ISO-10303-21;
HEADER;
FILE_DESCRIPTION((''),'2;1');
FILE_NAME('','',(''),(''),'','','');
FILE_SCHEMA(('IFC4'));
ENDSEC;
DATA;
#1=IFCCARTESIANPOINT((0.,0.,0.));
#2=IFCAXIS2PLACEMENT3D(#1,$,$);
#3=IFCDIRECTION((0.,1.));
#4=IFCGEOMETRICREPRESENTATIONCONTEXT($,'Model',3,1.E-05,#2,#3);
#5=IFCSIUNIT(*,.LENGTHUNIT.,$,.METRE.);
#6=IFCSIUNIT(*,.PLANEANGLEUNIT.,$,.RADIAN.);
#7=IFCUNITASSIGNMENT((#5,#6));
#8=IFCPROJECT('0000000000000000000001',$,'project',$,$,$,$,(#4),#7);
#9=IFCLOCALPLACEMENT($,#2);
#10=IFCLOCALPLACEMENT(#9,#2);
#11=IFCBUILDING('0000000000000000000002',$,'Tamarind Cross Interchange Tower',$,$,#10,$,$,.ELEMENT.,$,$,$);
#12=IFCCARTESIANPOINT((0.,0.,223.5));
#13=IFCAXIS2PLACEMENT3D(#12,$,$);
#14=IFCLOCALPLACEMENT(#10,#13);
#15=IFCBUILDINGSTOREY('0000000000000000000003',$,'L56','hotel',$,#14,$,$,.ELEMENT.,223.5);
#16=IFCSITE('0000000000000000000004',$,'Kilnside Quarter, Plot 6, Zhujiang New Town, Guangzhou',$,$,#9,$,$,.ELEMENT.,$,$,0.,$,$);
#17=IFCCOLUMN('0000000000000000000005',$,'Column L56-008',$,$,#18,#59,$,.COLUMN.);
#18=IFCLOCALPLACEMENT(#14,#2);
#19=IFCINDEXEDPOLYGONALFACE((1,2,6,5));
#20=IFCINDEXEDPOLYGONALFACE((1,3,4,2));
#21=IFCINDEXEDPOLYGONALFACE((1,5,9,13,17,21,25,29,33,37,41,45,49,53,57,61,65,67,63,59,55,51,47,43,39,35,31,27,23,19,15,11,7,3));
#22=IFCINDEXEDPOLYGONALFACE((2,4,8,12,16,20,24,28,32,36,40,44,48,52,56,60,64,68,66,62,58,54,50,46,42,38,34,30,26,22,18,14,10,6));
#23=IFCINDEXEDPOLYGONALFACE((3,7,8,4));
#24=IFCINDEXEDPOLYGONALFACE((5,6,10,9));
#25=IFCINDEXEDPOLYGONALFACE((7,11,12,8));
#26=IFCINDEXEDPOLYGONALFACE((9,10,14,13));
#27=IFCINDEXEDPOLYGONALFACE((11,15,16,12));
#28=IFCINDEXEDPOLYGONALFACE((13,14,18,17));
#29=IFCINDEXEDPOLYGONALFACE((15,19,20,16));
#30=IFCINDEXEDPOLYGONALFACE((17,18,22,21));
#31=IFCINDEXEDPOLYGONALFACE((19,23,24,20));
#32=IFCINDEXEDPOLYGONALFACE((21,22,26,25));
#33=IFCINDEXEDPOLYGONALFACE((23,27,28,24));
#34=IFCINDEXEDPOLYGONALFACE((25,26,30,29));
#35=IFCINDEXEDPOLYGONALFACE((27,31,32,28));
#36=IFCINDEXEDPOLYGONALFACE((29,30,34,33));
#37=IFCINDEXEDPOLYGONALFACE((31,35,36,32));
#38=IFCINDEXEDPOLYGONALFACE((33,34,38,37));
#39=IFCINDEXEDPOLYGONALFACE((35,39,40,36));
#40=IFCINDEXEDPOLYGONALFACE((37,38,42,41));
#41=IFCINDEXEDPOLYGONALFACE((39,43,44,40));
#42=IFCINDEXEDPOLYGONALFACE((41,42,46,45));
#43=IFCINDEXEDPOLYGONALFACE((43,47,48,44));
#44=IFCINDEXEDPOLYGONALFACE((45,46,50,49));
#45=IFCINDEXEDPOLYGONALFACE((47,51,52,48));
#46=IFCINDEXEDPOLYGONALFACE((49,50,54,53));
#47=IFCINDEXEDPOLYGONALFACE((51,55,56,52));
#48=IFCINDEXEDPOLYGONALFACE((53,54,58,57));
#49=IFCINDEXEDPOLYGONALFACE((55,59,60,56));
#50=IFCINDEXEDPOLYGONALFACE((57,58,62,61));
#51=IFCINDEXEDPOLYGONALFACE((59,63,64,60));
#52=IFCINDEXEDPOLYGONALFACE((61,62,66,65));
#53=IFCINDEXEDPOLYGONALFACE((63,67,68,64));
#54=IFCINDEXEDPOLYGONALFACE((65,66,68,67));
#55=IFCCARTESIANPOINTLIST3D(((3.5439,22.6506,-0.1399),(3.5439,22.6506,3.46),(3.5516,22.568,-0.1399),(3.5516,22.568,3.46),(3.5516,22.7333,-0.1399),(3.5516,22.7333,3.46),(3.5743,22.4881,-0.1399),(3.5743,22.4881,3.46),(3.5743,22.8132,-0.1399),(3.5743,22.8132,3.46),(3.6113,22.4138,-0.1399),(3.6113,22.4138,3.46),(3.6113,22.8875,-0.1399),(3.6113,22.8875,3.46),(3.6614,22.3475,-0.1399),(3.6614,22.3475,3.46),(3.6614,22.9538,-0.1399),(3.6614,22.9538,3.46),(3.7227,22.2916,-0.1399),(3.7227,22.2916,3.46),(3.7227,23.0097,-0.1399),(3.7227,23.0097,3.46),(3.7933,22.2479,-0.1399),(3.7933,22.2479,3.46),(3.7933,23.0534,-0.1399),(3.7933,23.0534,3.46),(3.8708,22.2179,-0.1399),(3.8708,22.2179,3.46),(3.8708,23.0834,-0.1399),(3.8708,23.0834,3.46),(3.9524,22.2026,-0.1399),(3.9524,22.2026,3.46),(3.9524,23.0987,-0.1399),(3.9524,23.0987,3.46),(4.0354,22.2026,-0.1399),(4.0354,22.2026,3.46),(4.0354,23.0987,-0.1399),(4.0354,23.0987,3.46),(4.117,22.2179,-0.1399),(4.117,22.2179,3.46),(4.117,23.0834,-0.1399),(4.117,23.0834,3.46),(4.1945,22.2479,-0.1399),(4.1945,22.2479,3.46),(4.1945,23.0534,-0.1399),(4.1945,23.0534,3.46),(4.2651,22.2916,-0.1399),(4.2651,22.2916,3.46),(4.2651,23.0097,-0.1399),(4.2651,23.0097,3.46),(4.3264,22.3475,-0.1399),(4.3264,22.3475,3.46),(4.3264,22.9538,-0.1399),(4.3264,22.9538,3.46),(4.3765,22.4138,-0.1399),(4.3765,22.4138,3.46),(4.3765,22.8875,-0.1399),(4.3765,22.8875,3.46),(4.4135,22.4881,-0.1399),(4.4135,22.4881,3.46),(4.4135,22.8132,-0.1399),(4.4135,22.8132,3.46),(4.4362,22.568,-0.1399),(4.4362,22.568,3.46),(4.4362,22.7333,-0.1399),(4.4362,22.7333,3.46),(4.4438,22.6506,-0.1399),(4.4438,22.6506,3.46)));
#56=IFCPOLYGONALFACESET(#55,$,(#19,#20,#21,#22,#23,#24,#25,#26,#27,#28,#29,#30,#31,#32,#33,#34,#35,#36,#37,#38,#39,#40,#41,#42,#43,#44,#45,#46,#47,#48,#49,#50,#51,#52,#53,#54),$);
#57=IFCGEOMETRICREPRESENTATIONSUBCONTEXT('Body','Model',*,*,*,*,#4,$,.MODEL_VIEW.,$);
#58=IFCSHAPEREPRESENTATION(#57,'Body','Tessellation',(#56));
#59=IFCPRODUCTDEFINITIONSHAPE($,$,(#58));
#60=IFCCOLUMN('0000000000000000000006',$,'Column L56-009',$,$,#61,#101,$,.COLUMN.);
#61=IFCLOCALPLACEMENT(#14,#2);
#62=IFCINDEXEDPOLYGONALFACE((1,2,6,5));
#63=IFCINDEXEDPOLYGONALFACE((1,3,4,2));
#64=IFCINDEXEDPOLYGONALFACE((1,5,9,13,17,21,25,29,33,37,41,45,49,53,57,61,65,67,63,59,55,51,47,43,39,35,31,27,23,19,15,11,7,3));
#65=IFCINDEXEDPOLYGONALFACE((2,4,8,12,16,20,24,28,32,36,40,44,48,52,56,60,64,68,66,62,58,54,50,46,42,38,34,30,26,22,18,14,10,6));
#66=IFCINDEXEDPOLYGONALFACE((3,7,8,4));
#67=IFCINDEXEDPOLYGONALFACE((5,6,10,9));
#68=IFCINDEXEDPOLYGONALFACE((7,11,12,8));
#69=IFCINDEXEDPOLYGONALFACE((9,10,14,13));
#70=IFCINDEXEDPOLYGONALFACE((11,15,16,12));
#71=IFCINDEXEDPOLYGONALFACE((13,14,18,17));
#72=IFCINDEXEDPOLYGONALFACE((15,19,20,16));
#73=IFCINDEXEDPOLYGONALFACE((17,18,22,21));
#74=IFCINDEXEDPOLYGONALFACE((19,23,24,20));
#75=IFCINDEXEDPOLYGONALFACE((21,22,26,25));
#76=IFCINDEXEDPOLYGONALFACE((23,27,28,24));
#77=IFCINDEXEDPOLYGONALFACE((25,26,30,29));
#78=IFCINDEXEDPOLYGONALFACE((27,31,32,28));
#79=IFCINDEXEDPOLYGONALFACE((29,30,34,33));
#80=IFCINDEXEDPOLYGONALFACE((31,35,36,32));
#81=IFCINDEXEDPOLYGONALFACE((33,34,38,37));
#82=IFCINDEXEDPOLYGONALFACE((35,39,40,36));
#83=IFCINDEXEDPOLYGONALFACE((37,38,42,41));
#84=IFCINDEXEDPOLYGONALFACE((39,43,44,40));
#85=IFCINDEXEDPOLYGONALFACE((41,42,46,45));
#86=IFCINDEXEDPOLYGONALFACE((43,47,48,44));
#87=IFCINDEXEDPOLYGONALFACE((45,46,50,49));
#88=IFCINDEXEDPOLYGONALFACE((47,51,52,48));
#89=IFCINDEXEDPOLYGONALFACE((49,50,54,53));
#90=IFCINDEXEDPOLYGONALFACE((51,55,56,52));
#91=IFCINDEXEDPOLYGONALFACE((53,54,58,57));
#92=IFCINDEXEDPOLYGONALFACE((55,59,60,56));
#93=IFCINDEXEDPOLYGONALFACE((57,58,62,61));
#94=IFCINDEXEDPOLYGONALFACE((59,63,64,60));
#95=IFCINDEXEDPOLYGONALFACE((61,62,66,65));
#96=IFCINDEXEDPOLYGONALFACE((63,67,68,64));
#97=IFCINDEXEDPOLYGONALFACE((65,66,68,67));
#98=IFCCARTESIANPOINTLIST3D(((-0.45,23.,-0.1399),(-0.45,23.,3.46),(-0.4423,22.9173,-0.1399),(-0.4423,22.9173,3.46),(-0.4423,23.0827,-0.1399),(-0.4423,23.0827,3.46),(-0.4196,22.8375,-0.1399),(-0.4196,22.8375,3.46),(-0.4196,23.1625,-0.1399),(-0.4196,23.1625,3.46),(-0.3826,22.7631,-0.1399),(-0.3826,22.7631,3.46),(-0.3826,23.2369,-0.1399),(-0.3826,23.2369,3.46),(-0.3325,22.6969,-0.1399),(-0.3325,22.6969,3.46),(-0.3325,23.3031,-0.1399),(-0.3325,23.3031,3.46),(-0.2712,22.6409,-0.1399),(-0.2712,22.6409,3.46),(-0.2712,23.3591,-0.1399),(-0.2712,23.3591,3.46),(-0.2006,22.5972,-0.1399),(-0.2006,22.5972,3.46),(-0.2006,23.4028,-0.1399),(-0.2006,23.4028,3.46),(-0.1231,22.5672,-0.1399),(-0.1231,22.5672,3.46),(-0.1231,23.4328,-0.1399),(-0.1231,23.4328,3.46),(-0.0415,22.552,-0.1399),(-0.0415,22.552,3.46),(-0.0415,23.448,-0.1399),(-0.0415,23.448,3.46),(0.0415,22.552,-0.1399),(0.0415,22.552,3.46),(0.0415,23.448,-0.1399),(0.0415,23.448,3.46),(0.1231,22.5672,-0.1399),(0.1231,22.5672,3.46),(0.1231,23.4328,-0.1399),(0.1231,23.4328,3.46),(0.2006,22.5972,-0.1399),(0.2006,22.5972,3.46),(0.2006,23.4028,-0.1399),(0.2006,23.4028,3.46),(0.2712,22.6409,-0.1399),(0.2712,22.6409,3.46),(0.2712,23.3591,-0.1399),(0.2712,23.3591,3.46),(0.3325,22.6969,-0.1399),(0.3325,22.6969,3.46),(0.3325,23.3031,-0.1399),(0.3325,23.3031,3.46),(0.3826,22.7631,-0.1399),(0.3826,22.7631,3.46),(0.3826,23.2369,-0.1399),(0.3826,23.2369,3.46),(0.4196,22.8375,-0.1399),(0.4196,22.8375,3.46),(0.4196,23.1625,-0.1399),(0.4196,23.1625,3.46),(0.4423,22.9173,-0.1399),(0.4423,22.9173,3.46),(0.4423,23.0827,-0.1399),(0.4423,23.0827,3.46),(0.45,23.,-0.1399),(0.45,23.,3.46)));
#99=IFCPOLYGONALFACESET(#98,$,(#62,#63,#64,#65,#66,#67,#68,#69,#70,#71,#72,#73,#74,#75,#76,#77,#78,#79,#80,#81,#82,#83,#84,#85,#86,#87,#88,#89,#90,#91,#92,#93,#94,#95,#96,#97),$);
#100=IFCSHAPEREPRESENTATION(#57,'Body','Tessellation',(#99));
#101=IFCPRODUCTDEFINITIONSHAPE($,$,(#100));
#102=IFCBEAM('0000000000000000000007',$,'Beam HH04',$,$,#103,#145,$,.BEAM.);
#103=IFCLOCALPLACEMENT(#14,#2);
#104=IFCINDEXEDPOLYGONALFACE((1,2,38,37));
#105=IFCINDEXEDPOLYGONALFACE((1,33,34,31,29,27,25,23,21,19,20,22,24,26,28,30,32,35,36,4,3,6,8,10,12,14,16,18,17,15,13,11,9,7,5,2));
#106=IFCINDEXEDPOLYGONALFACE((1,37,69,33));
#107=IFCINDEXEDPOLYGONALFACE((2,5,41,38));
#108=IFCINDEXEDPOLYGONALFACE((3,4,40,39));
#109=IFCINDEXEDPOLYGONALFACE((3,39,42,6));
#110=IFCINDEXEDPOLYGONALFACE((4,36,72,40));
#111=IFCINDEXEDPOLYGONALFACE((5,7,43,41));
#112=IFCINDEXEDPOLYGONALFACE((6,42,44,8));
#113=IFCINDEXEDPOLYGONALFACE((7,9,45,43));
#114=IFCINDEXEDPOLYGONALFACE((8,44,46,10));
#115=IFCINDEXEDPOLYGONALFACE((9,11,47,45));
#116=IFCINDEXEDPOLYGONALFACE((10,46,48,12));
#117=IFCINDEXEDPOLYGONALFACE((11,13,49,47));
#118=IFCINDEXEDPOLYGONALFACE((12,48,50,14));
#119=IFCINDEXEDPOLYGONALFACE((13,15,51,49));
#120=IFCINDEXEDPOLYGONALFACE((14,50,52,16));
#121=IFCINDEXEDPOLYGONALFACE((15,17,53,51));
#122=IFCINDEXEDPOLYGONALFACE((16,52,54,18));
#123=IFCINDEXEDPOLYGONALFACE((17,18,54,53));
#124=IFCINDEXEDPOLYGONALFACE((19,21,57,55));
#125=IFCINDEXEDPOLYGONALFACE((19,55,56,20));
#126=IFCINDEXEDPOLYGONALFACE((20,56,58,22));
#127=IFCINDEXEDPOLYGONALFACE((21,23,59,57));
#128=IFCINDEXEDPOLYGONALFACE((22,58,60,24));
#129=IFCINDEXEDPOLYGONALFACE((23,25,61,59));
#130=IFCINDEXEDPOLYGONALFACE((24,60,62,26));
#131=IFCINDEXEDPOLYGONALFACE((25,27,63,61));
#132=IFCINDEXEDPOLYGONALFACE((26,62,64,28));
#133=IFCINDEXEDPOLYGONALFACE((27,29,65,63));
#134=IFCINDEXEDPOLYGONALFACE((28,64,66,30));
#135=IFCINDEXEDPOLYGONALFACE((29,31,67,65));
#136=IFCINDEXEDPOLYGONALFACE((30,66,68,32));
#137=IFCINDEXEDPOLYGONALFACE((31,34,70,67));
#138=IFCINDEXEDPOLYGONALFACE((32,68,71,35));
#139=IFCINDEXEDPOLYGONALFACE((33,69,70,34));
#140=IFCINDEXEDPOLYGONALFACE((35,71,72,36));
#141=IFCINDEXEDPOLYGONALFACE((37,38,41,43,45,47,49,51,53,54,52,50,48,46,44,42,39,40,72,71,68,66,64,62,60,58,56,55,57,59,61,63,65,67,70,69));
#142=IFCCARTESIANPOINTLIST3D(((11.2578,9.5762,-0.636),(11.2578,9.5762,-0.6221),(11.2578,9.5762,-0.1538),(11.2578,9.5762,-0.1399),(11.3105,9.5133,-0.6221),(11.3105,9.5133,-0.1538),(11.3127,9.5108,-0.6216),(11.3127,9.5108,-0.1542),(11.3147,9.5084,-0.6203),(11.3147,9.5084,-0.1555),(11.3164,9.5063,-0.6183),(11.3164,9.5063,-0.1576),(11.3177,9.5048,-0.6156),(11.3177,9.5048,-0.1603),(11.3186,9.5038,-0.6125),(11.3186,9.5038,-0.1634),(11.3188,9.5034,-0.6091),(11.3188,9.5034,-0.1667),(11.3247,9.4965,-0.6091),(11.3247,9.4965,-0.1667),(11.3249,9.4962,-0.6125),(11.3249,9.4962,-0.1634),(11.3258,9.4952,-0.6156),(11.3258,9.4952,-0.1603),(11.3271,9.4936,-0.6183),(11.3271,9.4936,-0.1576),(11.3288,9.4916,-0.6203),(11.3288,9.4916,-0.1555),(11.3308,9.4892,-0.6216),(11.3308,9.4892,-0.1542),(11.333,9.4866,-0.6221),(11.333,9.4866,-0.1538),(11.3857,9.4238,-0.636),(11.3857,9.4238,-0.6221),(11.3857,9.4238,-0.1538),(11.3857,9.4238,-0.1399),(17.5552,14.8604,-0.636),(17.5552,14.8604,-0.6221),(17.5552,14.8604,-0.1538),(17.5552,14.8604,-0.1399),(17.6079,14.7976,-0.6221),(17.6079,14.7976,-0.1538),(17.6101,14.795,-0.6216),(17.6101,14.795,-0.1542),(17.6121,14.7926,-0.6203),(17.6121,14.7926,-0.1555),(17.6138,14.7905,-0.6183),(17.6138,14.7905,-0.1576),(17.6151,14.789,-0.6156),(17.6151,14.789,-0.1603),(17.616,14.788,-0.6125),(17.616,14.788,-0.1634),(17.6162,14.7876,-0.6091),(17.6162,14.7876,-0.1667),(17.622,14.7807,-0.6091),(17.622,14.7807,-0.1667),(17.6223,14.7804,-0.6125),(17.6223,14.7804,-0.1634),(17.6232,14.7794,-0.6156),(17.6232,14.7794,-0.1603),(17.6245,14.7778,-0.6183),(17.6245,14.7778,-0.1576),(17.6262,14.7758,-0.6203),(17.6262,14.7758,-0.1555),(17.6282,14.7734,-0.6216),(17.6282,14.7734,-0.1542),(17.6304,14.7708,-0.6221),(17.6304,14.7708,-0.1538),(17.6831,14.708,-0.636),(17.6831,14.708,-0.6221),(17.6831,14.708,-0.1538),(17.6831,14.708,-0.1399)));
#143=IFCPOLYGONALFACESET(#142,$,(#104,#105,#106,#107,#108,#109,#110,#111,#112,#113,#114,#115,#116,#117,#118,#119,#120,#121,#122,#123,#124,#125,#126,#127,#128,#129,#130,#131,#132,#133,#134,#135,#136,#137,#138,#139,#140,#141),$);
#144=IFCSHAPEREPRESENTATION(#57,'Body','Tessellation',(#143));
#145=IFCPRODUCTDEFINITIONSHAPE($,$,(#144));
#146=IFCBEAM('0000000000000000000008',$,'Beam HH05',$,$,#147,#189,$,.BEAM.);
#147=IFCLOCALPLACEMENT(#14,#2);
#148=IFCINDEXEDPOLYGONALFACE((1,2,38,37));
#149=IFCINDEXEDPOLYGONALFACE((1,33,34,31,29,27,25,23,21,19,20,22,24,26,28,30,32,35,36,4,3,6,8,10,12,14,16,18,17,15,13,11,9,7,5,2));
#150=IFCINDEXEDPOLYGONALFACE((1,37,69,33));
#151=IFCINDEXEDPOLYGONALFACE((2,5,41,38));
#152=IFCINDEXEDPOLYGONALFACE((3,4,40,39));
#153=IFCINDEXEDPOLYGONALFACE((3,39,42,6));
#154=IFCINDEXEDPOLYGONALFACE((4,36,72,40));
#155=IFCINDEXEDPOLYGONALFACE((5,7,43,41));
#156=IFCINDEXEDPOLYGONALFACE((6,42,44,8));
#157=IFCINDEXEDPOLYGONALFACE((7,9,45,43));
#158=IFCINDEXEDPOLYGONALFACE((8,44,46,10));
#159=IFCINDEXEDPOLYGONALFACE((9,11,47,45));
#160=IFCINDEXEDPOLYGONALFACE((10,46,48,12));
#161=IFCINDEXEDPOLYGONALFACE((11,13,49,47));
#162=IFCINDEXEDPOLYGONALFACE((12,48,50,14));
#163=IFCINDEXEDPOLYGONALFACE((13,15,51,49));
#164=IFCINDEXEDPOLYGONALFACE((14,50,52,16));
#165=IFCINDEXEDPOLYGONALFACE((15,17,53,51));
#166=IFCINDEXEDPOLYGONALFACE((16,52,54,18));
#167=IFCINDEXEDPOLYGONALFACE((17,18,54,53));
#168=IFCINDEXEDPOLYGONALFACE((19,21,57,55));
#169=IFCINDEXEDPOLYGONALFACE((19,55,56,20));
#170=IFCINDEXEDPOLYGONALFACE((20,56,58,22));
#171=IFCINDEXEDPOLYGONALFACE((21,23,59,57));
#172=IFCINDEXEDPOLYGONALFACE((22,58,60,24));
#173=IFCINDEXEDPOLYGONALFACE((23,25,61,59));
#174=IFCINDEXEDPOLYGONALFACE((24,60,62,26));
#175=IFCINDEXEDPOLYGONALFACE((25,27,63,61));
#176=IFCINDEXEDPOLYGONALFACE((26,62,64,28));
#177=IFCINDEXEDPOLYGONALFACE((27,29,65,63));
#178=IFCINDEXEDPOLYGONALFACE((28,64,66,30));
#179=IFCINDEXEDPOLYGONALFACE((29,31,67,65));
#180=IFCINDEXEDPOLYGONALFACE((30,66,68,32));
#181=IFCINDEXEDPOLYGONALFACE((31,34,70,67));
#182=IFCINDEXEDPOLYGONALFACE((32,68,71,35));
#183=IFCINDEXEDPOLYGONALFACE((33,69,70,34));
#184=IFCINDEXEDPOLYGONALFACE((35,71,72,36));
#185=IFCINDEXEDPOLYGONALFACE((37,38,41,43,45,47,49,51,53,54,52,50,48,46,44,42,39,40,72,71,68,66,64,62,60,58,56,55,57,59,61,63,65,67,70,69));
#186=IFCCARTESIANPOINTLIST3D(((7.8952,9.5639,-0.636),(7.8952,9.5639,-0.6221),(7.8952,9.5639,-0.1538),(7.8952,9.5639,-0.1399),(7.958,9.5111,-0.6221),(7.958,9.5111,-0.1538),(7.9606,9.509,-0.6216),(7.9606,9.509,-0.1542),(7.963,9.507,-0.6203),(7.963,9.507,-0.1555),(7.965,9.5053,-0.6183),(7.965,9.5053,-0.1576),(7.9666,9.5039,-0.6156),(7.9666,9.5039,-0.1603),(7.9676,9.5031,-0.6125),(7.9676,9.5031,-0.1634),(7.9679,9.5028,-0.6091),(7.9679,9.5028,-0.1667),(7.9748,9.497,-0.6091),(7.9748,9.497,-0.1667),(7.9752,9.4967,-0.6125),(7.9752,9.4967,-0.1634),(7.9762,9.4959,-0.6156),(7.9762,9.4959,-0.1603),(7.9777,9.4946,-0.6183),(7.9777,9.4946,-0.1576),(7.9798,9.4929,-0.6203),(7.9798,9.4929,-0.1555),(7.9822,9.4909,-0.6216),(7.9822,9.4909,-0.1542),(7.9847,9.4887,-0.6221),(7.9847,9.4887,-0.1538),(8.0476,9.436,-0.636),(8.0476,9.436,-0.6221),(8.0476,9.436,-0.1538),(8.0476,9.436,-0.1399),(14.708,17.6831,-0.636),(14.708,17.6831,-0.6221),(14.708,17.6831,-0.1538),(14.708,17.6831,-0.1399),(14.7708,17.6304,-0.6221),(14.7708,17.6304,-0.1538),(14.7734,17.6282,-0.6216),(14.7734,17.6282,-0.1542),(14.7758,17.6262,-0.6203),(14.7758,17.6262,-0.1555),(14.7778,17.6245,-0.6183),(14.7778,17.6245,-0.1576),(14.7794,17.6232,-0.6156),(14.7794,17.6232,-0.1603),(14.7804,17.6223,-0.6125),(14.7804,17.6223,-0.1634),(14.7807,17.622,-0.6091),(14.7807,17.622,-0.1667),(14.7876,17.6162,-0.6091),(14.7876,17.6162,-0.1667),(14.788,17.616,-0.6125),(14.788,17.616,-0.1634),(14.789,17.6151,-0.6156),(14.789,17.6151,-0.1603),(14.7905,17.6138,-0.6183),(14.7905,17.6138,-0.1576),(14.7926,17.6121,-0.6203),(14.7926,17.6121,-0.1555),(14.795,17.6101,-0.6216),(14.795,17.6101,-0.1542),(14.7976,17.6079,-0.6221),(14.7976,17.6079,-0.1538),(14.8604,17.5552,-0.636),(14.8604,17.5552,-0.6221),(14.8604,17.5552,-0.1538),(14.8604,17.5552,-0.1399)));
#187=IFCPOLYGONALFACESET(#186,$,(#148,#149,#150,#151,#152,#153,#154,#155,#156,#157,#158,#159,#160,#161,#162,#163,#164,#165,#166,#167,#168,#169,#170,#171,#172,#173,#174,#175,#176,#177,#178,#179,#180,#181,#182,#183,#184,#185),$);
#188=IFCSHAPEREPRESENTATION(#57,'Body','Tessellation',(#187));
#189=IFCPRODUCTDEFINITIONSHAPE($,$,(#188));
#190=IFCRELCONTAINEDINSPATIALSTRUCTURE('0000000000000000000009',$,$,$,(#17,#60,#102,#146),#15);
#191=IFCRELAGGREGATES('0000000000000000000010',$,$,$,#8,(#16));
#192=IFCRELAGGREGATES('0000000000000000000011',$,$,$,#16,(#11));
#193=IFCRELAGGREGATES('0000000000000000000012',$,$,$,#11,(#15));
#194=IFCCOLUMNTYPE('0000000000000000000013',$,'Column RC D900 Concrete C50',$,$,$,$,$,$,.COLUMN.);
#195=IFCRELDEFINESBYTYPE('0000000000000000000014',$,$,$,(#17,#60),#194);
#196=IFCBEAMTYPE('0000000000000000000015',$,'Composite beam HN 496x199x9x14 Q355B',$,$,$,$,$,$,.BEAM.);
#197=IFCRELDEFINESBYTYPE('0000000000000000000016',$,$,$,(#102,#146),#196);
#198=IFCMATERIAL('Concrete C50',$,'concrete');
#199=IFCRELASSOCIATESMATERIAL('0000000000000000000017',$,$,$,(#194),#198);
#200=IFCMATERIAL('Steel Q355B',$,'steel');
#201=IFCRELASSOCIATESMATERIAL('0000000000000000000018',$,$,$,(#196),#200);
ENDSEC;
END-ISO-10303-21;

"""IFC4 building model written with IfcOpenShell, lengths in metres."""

from ifc_helpers import new_model, si_unit, direction, frame, origin, origin_2d, place, context, subcontext, project, spatial, circle, i_section, extrude, material, material_profile, profile_set, type_object, element, save


model = new_model("IFC4")

# Units and contexts
model_context = context("Model", 3, precision=1e-05, world=origin(), true_north=direction((0.0, 1.0)))
body_context = subcontext(model_context, "Body", "Model", "MODEL_VIEW")
ifc_project = project(units=[si_unit("LENGTHUNIT", "METRE"), si_unit("PLANEANGLEUNIT", "RADIAN")], contexts=[model_context])

# Site, building, storey
site_placement = place(None, origin())
site = spatial("IfcSite", under=ifc_project, at=site_placement, Name="Kilnside Quarter, Plot 6, Zhujiang New Town, Guangzhou", CompositionType="ELEMENT", RefElevation=0.0)
building_placement = place(site_placement, origin())
building = spatial("IfcBuilding", under=site, at=building_placement, Name="Tamarind Cross Interchange Tower", CompositionType="ELEMENT")
storey_placement = place(building_placement, frame((0.0, 0.0, 223.5)))
storey = spatial("IfcBuildingStorey", under=building, at=storey_placement, Name="L56", Description="hotel", CompositionType="ELEMENT", Elevation=223.5)

# Columns
ifc_material_1 = material(Name="Concrete C50", Category="concrete")
ifc_material_profile_1 = material_profile(ifc_material_1, circle(Radius=0.45, at=origin_2d()), Name="RC D900")
ifc_profile_set_1 = profile_set([ifc_material_profile_1], Name="Concrete C50")
column_type = type_object("IfcColumnType", Name="Column RC D900 Concrete C50", PredefinedType="COLUMN", material=ifc_profile_set_1)
for number, where, z_axis, x_axis, name in (
    (1, (3.9939, 22.6506, -0.1399), (0.0, 0.0, 1.0), (1.0, 0.0, 0.0), "Column L56-008"),
    (2, (0.0, 23.0, -0.1399), (0.0, 0.0, 1.0), (1.0, 0.0, 0.0), "Column L56-009"),
):
    element("IfcColumn", number, at=place(storey_placement, frame(where, z_axis=z_axis, x_axis=x_axis)), inside=storey, type_object=column_type, Name=name, PredefinedType="COLUMN", context=body_context, shape_type="SweptSolid", body=[
        extrude(circle(Radius=0.45, at=origin_2d()), origin(), (0.0, 0.0, 1.0), 3.5999),
    ])

# Beams
ifc_material_2 = material(Name="Steel Q355B", Category="steel")
ifc_material_profile_2 = material_profile(ifc_material_2, i_section(OverallWidth=0.199, OverallDepth=0.4961, WebThickness=0.009, FlangeThickness=0.0139, FilletRadius=0.0129, at=origin_2d()), Name="HN 496x199x9x14")
ifc_profile_set_2 = profile_set([ifc_material_profile_2], Name="Steel Q355B")
beam_type = type_object("IfcBeamType", Name="Composite beam HN 496x199x9x14 Q355B", PredefinedType="BEAM", material=ifc_profile_set_2)
beam_1_placement = place(storey_placement, frame((17.6191, 14.7842, -0.3879), z_axis=(-0.766041, -0.642792, 0.0), x_axis=(0.642792, -0.766041, 0.0)))
element("IfcBeam", 3, at=beam_1_placement, inside=storey, type_object=beam_type, Name="Beam HH04", PredefinedType="BEAM", context=body_context, shape_type="SweptSolid", body=[
    extrude(i_section(OverallWidth=0.199, OverallDepth=0.4961, WebThickness=0.009, FlangeThickness=0.0139, FilletRadius=0.0129, at=origin_2d()), origin(), (0.0, 0.0, 1.0), 8.2207),
])
beam_2_placement = place(storey_placement, frame((14.7842, 17.6191, -0.3879), z_axis=(-0.642786, -0.766046, 0.0), x_axis=(0.766046, -0.642786, 0.0)))
element("IfcBeam", 4, at=beam_2_placement, inside=storey, type_object=beam_type, Name="Beam HH05", PredefinedType="BEAM", context=body_context, shape_type="SweptSolid", body=[
    extrude(i_section(OverallWidth=0.199, OverallDepth=0.4961, WebThickness=0.009, FlangeThickness=0.0139, FilletRadius=0.0129, at=origin_2d()), origin(), (0.0, 0.0, 1.0), 10.5989),
])

save(model, "model.ifc")
